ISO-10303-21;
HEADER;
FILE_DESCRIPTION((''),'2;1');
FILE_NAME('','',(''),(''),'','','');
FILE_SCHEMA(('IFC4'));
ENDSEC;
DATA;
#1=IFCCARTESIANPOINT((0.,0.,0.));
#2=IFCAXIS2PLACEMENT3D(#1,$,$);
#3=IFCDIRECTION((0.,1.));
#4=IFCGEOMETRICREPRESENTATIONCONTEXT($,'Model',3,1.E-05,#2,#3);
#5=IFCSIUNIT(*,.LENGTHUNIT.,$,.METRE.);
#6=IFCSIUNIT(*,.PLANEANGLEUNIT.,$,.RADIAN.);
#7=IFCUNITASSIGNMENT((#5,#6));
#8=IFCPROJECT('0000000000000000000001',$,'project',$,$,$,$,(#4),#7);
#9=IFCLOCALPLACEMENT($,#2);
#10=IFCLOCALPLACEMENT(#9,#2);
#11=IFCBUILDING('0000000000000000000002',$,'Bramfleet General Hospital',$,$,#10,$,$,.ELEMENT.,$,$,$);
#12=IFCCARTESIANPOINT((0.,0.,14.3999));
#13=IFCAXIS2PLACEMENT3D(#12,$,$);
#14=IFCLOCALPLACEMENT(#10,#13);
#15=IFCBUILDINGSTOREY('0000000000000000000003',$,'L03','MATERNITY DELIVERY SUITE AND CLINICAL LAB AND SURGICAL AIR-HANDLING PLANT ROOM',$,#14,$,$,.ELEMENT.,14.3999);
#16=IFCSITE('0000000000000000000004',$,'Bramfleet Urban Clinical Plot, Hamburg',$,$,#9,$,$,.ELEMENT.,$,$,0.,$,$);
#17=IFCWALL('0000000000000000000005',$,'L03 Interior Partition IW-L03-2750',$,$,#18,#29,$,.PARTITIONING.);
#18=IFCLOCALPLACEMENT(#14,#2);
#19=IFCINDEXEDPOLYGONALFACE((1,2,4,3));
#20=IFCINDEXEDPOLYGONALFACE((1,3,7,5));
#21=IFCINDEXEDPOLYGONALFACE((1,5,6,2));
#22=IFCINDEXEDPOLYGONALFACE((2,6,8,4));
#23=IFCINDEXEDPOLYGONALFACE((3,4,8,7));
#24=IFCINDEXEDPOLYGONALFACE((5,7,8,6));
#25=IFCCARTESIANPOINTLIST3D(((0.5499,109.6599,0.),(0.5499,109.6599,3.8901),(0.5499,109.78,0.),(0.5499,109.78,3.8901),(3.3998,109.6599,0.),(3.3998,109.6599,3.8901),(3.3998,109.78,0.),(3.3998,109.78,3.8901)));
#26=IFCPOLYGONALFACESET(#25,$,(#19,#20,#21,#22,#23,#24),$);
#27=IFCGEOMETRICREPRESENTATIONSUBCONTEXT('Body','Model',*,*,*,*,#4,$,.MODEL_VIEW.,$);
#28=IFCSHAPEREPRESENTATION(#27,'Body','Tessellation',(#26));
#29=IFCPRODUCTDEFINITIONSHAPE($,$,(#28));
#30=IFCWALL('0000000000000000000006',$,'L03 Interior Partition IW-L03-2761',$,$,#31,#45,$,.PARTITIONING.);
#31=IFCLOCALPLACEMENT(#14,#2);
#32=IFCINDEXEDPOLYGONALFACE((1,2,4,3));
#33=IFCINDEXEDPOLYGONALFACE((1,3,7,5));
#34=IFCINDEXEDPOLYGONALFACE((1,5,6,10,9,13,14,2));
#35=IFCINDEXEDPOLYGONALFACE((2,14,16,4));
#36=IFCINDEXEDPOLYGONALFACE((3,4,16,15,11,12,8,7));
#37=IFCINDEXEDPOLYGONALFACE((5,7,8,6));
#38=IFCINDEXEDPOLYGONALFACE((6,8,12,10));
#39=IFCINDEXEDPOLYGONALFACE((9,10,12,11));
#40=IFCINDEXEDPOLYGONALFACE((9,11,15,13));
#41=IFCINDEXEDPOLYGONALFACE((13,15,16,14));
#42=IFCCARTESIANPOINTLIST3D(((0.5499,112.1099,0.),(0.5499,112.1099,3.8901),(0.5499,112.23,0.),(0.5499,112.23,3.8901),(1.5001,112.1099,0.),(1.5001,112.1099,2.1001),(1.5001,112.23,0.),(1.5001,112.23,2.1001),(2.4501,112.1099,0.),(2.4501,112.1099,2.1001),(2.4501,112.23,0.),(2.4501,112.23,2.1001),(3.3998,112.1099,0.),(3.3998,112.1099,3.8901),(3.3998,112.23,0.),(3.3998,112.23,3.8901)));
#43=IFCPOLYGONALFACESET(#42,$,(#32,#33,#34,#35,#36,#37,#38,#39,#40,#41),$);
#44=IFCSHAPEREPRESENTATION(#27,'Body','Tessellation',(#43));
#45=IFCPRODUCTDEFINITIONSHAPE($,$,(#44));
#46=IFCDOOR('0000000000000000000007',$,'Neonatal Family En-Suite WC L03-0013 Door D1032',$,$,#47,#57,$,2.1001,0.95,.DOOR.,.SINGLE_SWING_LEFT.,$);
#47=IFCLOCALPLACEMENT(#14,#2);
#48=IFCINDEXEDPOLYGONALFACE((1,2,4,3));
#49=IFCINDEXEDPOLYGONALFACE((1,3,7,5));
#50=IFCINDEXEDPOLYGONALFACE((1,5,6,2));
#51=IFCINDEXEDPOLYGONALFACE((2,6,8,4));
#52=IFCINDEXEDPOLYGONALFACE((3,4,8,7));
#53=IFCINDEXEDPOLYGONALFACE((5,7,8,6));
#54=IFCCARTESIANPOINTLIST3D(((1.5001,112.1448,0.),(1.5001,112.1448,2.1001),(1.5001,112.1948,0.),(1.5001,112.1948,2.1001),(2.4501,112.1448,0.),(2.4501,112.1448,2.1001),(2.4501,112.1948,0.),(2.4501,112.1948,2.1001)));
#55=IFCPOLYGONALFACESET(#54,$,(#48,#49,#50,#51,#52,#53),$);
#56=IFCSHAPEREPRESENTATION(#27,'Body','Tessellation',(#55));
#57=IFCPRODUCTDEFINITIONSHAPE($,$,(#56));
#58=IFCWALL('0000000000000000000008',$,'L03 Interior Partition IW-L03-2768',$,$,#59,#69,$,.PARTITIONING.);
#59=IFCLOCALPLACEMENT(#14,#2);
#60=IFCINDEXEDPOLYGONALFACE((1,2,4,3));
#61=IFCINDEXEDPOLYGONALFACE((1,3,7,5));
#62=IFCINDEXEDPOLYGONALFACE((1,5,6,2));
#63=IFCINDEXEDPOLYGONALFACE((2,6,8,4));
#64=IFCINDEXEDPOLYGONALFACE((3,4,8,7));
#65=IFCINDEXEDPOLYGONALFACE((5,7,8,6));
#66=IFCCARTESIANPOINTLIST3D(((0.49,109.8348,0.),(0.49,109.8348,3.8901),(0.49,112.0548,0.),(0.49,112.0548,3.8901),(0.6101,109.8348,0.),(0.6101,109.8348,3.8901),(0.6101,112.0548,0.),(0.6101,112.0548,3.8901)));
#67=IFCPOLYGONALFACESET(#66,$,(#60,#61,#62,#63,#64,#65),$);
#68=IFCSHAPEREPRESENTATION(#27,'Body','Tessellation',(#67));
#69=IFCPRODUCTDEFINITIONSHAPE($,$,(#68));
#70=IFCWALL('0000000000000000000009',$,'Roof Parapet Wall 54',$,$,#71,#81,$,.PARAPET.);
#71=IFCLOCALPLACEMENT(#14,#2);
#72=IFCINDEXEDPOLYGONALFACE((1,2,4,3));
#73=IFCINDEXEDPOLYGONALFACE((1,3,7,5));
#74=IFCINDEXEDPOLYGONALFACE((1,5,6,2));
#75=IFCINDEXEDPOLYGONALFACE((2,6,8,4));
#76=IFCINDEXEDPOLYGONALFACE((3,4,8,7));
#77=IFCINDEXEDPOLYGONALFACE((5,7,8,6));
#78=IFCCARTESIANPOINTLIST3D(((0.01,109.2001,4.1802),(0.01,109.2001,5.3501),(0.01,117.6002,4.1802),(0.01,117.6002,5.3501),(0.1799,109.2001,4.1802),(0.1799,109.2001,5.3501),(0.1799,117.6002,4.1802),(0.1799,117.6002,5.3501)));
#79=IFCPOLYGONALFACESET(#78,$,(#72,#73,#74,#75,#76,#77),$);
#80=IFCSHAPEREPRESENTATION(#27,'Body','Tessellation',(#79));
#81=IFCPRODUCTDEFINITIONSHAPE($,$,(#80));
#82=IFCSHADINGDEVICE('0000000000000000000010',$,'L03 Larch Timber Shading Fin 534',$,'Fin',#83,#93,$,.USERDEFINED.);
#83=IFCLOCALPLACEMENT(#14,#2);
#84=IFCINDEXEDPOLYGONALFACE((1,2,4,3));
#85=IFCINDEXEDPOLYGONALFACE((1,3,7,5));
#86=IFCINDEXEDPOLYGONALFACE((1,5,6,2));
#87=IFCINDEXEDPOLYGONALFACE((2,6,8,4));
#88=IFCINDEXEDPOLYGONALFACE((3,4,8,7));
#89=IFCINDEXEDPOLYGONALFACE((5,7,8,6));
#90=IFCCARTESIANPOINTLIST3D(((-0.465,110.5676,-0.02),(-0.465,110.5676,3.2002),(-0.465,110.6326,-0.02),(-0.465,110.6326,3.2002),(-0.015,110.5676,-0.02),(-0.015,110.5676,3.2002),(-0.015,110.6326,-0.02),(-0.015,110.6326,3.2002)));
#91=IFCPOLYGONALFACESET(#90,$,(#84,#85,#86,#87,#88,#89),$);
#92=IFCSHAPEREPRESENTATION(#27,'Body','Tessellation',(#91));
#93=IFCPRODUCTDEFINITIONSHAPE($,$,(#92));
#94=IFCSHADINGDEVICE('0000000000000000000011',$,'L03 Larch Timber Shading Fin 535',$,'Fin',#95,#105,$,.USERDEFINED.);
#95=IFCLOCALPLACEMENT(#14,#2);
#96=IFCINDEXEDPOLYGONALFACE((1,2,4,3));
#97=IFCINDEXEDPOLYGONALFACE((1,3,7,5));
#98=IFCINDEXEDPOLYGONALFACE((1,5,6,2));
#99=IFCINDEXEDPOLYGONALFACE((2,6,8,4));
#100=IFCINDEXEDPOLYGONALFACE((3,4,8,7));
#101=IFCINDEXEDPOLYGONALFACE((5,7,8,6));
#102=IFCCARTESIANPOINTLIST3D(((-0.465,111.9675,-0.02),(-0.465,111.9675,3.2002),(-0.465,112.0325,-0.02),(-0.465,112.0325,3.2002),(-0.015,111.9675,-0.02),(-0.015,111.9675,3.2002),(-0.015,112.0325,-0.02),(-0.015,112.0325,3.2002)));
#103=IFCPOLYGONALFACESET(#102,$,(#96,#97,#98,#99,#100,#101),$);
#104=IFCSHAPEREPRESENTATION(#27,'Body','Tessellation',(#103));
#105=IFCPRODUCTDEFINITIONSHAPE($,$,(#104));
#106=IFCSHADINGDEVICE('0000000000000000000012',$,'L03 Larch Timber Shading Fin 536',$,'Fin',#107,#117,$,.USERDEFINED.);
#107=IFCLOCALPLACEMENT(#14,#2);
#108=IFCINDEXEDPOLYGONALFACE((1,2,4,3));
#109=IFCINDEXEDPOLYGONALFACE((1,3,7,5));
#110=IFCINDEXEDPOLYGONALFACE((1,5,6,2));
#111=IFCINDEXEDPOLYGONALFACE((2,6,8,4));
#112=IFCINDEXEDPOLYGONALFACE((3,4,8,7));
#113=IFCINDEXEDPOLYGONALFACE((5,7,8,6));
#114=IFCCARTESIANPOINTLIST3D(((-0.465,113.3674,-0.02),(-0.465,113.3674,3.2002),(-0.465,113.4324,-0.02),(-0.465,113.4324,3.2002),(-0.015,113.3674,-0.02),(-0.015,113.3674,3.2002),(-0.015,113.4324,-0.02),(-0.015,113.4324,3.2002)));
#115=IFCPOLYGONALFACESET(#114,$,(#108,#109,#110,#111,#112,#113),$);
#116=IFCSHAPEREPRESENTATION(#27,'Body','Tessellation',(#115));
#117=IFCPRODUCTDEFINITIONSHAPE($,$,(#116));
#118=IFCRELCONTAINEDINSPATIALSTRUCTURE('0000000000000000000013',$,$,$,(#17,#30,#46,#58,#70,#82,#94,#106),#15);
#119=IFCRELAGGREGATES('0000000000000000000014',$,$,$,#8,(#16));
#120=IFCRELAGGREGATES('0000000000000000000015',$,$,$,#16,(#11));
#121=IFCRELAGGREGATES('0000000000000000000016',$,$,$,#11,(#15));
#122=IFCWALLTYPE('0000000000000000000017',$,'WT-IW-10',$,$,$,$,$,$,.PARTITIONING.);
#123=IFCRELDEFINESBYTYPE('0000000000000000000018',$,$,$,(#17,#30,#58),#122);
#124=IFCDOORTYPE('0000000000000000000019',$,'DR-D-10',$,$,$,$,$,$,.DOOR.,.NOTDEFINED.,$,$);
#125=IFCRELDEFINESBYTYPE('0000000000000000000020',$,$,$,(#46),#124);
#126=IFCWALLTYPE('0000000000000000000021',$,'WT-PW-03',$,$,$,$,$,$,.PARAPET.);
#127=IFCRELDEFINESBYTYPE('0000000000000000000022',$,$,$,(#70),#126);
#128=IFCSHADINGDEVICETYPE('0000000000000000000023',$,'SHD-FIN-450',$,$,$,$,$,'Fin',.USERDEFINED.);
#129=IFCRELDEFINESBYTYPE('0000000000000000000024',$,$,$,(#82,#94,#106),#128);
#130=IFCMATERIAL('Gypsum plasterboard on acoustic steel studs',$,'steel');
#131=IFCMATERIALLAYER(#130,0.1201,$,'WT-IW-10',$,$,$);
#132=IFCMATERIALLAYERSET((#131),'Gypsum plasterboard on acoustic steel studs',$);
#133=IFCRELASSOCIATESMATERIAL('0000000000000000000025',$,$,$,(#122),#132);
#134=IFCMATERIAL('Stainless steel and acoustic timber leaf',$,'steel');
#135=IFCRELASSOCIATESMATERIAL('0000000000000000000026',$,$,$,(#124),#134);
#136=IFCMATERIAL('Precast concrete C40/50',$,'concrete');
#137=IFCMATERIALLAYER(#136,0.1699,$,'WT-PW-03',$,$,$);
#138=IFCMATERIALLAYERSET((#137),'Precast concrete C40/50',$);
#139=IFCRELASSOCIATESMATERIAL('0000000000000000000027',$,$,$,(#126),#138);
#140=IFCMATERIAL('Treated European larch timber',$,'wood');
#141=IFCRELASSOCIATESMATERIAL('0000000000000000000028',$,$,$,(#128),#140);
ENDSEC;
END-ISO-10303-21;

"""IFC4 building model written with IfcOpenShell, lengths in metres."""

from ifc_helpers import new_model, si_unit, direction, frame, frame_2d, origin, origin_2d, place, context, subcontext, project, spatial, rectangle, extrude, material, layer, layer_set, material_profile, profile_set, type_object, element, fill, save


model = new_model("IFC4")

# Units and contexts
model_context = context("Model", 3, precision=1e-05, world=origin(), true_north=direction((0.0, 1.0)))
body_context = subcontext(model_context, "Body", "Model", "MODEL_VIEW")
ifc_project = project(units=[si_unit("LENGTHUNIT", "METRE"), si_unit("PLANEANGLEUNIT", "RADIAN")], contexts=[model_context])

# Site, building, storey
site_placement = place(None, origin())
site = spatial("IfcSite", under=ifc_project, at=site_placement, Name="Bramfleet Urban Clinical Plot, Hamburg", CompositionType="ELEMENT", RefElevation=0.0)
building_placement = place(site_placement, origin())
building = spatial("IfcBuilding", under=site, at=building_placement, Name="Bramfleet General Hospital", CompositionType="ELEMENT")
storey_placement = place(building_placement, frame((0.0, 0.0, 14.3999)))
storey = spatial("IfcBuildingStorey", under=building, at=storey_placement, Name="L03", Description="MATERNITY DELIVERY SUITE AND CLINICAL LAB AND SURGICAL AIR-HANDLING PLANT ROOM", CompositionType="ELEMENT", Elevation=14.3999)

# Shared definitions
ifc_material_1 = material(Name="Gypsum plasterboard on acoustic steel studs", Category="steel")
ifc_material_2 = material(Name="Stainless steel and acoustic timber leaf", Category="steel")

# Wall
ifc_layer_1 = layer(ifc_material_1, 0.1201, Name="WT-IW-10")
ifc_layer_set_1 = layer_set([ifc_layer_1], Name="Gypsum plasterboard on acoustic steel studs")
wall_type_1 = type_object("IfcWallType", Name="WT-IW-10", PredefinedType="PARTITIONING", material=ifc_layer_set_1)
wall_1_placement = place(storey_placement, frame((0.55, 109.72, 0.0), z_axis=(0.0, 0.0, 1.0), x_axis=(1.0, 0.0, 0.0)))
element("IfcWall", 1, at=wall_1_placement, inside=storey, type_object=wall_type_1, Name="L03 Interior Partition IW-L03-2750", PredefinedType="PARTITIONING", context=body_context, shape_type="SweptSolid", body=[
    extrude(rectangle(XDim=2.8499, YDim=0.1201, at=frame_2d((1.4248, 0.0))), origin(), (0.0, 0.0, 1.0), 3.8901),
])

# Wall, opening, door
wall_2_placement = place(storey_placement, frame((0.55, 112.1699, 0.0), z_axis=(0.0, 0.0, 1.0), x_axis=(1.0, 0.0, 0.0)))
wall_2 = element("IfcWall", 2, at=wall_2_placement, inside=storey, type_object=wall_type_1, Name="L03 Interior Partition IW-L03-2761", PredefinedType="PARTITIONING", context=body_context, shape_type="SweptSolid", body=[
    extrude(rectangle(XDim=2.8499, YDim=0.1201, at=frame_2d((1.4248, 0.0))), origin(), (0.0, 0.0, 1.0), 3.8901),
])
opening_1_placement = place(wall_2_placement, frame((0.95, 0.0, 0.0)))
opening_1 = element("IfcOpeningElement", 3, at=opening_1_placement, cuts=wall_2, PredefinedType="OPENING", context=body_context, shape_type="SweptSolid", body=[
    extrude(rectangle(XDim=0.95, YDim=2.1001, at=frame_2d((0.4751, 1.05))), frame((0.0, 0.0701, 0.0), z_axis=(0.0, -1.0, 0.0), x_axis=(1.0, 0.0, 0.0)), (0.0, 0.0, 1.0), 0.1401),
])
door_type_1 = type_object("IfcDoorType", Name="DR-D-10", OperationType="NOTDEFINED", PredefinedType="DOOR", material=ifc_material_2)
door_1_placement = place(opening_1_placement, origin())
door_1 = element("IfcDoor", 4, at=door_1_placement, inside=storey, type_object=door_type_1, Name="Neonatal Family En-Suite WC L03-0013 Door D1032", OperationType="SINGLE_SWING_LEFT", OverallHeight=2.1001, OverallWidth=0.95, PredefinedType="DOOR", context=body_context, shape_type="SweptSolid", body=[
    extrude(rectangle(XDim=0.95, YDim=2.1001, at=frame_2d((0.4751, 1.05))), frame((0.0, 0.0249, 0.0), z_axis=(0.0, -1.0, 0.0), x_axis=(1.0, 0.0, 0.0)), (0.0, 0.0, 1.0), 0.05),
])
fill(opening_1, door_1)

# Walls
wall_3_placement = place(storey_placement, frame((0.55, 109.835, 0.0), z_axis=(0.0, 0.0, 1.0), x_axis=(0.0, 1.0, 0.0)))
element("IfcWall", 5, at=wall_3_placement, inside=storey, type_object=wall_type_1, Name="L03 Interior Partition IW-L03-2768", PredefinedType="PARTITIONING", context=body_context, shape_type="SweptSolid", body=[
    extrude(rectangle(XDim=2.22, YDim=0.1201, at=frame_2d((1.1099, 0.0))), origin(), (0.0, 0.0, 1.0), 3.8901),
])
ifc_material_3 = material(Name="Precast concrete C40/50", Category="concrete")
ifc_layer_2 = layer(ifc_material_3, 0.1699, Name="WT-PW-03")
ifc_layer_set_2 = layer_set([ifc_layer_2], Name="Precast concrete C40/50")
wall_type_2 = type_object("IfcWallType", Name="WT-PW-03", PredefinedType="PARAPET", material=ifc_layer_set_2)
wall_4_placement = place(storey_placement, frame((0.095, 109.2, 4.1802), z_axis=(0.0, 0.0, 1.0), x_axis=(0.0, 1.0, 0.0)))
element("IfcWall", 6, at=wall_4_placement, inside=storey, type_object=wall_type_2, Name="Roof Parapet Wall 54", PredefinedType="PARAPET", context=body_context, shape_type="SweptSolid", body=[
    extrude(rectangle(XDim=8.4001, YDim=0.1699, at=frame_2d((4.2002, 0.0))), origin(), (0.0, 0.0, 1.0), 1.1699),
])

# Shading devices
ifc_material_4 = material(Name="Treated European larch timber", Category="wood")
ifc_material_profile_1 = material_profile(ifc_material_4, rectangle(XDim=0.0649, YDim=0.45, at=origin_2d()), Name="LARCH FIN 450x65")
ifc_profile_set_1 = profile_set([ifc_material_profile_1], Name="Treated European larch timber")
shading_device_type = type_object("IfcShadingDeviceType", Name="SHD-FIN-450", ElementType="Fin", PredefinedType="USERDEFINED", material=ifc_profile_set_1)
for number, where, z_axis, x_axis, name in (
    (7, (-0.24, 110.6001, -0.02), (0.0, 0.0, 1.0), (0.0, 1.0, 0.0), "L03 Larch Timber Shading Fin 534"),
    (8, (-0.24, 112.0, -0.02), (0.0, 0.0, 1.0), (0.0, 1.0, 0.0), "L03 Larch Timber Shading Fin 535"),
    (9, (-0.24, 113.3999, -0.02), (0.0, 0.0, 1.0), (0.0, 1.0, 0.0), "L03 Larch Timber Shading Fin 536"),
):
    element("IfcShadingDevice", number, at=place(storey_placement, frame(where, z_axis=z_axis, x_axis=x_axis)), inside=storey, type_object=shading_device_type, Name=name, ObjectType="Fin", PredefinedType="USERDEFINED", context=body_context, shape_type="SweptSolid", body=[
        extrude(rectangle(XDim=0.0649, YDim=0.45, at=origin_2d()), origin(), (0.0, 0.0, 1.0), 3.2202),
    ])

save(model, "model.ifc")
